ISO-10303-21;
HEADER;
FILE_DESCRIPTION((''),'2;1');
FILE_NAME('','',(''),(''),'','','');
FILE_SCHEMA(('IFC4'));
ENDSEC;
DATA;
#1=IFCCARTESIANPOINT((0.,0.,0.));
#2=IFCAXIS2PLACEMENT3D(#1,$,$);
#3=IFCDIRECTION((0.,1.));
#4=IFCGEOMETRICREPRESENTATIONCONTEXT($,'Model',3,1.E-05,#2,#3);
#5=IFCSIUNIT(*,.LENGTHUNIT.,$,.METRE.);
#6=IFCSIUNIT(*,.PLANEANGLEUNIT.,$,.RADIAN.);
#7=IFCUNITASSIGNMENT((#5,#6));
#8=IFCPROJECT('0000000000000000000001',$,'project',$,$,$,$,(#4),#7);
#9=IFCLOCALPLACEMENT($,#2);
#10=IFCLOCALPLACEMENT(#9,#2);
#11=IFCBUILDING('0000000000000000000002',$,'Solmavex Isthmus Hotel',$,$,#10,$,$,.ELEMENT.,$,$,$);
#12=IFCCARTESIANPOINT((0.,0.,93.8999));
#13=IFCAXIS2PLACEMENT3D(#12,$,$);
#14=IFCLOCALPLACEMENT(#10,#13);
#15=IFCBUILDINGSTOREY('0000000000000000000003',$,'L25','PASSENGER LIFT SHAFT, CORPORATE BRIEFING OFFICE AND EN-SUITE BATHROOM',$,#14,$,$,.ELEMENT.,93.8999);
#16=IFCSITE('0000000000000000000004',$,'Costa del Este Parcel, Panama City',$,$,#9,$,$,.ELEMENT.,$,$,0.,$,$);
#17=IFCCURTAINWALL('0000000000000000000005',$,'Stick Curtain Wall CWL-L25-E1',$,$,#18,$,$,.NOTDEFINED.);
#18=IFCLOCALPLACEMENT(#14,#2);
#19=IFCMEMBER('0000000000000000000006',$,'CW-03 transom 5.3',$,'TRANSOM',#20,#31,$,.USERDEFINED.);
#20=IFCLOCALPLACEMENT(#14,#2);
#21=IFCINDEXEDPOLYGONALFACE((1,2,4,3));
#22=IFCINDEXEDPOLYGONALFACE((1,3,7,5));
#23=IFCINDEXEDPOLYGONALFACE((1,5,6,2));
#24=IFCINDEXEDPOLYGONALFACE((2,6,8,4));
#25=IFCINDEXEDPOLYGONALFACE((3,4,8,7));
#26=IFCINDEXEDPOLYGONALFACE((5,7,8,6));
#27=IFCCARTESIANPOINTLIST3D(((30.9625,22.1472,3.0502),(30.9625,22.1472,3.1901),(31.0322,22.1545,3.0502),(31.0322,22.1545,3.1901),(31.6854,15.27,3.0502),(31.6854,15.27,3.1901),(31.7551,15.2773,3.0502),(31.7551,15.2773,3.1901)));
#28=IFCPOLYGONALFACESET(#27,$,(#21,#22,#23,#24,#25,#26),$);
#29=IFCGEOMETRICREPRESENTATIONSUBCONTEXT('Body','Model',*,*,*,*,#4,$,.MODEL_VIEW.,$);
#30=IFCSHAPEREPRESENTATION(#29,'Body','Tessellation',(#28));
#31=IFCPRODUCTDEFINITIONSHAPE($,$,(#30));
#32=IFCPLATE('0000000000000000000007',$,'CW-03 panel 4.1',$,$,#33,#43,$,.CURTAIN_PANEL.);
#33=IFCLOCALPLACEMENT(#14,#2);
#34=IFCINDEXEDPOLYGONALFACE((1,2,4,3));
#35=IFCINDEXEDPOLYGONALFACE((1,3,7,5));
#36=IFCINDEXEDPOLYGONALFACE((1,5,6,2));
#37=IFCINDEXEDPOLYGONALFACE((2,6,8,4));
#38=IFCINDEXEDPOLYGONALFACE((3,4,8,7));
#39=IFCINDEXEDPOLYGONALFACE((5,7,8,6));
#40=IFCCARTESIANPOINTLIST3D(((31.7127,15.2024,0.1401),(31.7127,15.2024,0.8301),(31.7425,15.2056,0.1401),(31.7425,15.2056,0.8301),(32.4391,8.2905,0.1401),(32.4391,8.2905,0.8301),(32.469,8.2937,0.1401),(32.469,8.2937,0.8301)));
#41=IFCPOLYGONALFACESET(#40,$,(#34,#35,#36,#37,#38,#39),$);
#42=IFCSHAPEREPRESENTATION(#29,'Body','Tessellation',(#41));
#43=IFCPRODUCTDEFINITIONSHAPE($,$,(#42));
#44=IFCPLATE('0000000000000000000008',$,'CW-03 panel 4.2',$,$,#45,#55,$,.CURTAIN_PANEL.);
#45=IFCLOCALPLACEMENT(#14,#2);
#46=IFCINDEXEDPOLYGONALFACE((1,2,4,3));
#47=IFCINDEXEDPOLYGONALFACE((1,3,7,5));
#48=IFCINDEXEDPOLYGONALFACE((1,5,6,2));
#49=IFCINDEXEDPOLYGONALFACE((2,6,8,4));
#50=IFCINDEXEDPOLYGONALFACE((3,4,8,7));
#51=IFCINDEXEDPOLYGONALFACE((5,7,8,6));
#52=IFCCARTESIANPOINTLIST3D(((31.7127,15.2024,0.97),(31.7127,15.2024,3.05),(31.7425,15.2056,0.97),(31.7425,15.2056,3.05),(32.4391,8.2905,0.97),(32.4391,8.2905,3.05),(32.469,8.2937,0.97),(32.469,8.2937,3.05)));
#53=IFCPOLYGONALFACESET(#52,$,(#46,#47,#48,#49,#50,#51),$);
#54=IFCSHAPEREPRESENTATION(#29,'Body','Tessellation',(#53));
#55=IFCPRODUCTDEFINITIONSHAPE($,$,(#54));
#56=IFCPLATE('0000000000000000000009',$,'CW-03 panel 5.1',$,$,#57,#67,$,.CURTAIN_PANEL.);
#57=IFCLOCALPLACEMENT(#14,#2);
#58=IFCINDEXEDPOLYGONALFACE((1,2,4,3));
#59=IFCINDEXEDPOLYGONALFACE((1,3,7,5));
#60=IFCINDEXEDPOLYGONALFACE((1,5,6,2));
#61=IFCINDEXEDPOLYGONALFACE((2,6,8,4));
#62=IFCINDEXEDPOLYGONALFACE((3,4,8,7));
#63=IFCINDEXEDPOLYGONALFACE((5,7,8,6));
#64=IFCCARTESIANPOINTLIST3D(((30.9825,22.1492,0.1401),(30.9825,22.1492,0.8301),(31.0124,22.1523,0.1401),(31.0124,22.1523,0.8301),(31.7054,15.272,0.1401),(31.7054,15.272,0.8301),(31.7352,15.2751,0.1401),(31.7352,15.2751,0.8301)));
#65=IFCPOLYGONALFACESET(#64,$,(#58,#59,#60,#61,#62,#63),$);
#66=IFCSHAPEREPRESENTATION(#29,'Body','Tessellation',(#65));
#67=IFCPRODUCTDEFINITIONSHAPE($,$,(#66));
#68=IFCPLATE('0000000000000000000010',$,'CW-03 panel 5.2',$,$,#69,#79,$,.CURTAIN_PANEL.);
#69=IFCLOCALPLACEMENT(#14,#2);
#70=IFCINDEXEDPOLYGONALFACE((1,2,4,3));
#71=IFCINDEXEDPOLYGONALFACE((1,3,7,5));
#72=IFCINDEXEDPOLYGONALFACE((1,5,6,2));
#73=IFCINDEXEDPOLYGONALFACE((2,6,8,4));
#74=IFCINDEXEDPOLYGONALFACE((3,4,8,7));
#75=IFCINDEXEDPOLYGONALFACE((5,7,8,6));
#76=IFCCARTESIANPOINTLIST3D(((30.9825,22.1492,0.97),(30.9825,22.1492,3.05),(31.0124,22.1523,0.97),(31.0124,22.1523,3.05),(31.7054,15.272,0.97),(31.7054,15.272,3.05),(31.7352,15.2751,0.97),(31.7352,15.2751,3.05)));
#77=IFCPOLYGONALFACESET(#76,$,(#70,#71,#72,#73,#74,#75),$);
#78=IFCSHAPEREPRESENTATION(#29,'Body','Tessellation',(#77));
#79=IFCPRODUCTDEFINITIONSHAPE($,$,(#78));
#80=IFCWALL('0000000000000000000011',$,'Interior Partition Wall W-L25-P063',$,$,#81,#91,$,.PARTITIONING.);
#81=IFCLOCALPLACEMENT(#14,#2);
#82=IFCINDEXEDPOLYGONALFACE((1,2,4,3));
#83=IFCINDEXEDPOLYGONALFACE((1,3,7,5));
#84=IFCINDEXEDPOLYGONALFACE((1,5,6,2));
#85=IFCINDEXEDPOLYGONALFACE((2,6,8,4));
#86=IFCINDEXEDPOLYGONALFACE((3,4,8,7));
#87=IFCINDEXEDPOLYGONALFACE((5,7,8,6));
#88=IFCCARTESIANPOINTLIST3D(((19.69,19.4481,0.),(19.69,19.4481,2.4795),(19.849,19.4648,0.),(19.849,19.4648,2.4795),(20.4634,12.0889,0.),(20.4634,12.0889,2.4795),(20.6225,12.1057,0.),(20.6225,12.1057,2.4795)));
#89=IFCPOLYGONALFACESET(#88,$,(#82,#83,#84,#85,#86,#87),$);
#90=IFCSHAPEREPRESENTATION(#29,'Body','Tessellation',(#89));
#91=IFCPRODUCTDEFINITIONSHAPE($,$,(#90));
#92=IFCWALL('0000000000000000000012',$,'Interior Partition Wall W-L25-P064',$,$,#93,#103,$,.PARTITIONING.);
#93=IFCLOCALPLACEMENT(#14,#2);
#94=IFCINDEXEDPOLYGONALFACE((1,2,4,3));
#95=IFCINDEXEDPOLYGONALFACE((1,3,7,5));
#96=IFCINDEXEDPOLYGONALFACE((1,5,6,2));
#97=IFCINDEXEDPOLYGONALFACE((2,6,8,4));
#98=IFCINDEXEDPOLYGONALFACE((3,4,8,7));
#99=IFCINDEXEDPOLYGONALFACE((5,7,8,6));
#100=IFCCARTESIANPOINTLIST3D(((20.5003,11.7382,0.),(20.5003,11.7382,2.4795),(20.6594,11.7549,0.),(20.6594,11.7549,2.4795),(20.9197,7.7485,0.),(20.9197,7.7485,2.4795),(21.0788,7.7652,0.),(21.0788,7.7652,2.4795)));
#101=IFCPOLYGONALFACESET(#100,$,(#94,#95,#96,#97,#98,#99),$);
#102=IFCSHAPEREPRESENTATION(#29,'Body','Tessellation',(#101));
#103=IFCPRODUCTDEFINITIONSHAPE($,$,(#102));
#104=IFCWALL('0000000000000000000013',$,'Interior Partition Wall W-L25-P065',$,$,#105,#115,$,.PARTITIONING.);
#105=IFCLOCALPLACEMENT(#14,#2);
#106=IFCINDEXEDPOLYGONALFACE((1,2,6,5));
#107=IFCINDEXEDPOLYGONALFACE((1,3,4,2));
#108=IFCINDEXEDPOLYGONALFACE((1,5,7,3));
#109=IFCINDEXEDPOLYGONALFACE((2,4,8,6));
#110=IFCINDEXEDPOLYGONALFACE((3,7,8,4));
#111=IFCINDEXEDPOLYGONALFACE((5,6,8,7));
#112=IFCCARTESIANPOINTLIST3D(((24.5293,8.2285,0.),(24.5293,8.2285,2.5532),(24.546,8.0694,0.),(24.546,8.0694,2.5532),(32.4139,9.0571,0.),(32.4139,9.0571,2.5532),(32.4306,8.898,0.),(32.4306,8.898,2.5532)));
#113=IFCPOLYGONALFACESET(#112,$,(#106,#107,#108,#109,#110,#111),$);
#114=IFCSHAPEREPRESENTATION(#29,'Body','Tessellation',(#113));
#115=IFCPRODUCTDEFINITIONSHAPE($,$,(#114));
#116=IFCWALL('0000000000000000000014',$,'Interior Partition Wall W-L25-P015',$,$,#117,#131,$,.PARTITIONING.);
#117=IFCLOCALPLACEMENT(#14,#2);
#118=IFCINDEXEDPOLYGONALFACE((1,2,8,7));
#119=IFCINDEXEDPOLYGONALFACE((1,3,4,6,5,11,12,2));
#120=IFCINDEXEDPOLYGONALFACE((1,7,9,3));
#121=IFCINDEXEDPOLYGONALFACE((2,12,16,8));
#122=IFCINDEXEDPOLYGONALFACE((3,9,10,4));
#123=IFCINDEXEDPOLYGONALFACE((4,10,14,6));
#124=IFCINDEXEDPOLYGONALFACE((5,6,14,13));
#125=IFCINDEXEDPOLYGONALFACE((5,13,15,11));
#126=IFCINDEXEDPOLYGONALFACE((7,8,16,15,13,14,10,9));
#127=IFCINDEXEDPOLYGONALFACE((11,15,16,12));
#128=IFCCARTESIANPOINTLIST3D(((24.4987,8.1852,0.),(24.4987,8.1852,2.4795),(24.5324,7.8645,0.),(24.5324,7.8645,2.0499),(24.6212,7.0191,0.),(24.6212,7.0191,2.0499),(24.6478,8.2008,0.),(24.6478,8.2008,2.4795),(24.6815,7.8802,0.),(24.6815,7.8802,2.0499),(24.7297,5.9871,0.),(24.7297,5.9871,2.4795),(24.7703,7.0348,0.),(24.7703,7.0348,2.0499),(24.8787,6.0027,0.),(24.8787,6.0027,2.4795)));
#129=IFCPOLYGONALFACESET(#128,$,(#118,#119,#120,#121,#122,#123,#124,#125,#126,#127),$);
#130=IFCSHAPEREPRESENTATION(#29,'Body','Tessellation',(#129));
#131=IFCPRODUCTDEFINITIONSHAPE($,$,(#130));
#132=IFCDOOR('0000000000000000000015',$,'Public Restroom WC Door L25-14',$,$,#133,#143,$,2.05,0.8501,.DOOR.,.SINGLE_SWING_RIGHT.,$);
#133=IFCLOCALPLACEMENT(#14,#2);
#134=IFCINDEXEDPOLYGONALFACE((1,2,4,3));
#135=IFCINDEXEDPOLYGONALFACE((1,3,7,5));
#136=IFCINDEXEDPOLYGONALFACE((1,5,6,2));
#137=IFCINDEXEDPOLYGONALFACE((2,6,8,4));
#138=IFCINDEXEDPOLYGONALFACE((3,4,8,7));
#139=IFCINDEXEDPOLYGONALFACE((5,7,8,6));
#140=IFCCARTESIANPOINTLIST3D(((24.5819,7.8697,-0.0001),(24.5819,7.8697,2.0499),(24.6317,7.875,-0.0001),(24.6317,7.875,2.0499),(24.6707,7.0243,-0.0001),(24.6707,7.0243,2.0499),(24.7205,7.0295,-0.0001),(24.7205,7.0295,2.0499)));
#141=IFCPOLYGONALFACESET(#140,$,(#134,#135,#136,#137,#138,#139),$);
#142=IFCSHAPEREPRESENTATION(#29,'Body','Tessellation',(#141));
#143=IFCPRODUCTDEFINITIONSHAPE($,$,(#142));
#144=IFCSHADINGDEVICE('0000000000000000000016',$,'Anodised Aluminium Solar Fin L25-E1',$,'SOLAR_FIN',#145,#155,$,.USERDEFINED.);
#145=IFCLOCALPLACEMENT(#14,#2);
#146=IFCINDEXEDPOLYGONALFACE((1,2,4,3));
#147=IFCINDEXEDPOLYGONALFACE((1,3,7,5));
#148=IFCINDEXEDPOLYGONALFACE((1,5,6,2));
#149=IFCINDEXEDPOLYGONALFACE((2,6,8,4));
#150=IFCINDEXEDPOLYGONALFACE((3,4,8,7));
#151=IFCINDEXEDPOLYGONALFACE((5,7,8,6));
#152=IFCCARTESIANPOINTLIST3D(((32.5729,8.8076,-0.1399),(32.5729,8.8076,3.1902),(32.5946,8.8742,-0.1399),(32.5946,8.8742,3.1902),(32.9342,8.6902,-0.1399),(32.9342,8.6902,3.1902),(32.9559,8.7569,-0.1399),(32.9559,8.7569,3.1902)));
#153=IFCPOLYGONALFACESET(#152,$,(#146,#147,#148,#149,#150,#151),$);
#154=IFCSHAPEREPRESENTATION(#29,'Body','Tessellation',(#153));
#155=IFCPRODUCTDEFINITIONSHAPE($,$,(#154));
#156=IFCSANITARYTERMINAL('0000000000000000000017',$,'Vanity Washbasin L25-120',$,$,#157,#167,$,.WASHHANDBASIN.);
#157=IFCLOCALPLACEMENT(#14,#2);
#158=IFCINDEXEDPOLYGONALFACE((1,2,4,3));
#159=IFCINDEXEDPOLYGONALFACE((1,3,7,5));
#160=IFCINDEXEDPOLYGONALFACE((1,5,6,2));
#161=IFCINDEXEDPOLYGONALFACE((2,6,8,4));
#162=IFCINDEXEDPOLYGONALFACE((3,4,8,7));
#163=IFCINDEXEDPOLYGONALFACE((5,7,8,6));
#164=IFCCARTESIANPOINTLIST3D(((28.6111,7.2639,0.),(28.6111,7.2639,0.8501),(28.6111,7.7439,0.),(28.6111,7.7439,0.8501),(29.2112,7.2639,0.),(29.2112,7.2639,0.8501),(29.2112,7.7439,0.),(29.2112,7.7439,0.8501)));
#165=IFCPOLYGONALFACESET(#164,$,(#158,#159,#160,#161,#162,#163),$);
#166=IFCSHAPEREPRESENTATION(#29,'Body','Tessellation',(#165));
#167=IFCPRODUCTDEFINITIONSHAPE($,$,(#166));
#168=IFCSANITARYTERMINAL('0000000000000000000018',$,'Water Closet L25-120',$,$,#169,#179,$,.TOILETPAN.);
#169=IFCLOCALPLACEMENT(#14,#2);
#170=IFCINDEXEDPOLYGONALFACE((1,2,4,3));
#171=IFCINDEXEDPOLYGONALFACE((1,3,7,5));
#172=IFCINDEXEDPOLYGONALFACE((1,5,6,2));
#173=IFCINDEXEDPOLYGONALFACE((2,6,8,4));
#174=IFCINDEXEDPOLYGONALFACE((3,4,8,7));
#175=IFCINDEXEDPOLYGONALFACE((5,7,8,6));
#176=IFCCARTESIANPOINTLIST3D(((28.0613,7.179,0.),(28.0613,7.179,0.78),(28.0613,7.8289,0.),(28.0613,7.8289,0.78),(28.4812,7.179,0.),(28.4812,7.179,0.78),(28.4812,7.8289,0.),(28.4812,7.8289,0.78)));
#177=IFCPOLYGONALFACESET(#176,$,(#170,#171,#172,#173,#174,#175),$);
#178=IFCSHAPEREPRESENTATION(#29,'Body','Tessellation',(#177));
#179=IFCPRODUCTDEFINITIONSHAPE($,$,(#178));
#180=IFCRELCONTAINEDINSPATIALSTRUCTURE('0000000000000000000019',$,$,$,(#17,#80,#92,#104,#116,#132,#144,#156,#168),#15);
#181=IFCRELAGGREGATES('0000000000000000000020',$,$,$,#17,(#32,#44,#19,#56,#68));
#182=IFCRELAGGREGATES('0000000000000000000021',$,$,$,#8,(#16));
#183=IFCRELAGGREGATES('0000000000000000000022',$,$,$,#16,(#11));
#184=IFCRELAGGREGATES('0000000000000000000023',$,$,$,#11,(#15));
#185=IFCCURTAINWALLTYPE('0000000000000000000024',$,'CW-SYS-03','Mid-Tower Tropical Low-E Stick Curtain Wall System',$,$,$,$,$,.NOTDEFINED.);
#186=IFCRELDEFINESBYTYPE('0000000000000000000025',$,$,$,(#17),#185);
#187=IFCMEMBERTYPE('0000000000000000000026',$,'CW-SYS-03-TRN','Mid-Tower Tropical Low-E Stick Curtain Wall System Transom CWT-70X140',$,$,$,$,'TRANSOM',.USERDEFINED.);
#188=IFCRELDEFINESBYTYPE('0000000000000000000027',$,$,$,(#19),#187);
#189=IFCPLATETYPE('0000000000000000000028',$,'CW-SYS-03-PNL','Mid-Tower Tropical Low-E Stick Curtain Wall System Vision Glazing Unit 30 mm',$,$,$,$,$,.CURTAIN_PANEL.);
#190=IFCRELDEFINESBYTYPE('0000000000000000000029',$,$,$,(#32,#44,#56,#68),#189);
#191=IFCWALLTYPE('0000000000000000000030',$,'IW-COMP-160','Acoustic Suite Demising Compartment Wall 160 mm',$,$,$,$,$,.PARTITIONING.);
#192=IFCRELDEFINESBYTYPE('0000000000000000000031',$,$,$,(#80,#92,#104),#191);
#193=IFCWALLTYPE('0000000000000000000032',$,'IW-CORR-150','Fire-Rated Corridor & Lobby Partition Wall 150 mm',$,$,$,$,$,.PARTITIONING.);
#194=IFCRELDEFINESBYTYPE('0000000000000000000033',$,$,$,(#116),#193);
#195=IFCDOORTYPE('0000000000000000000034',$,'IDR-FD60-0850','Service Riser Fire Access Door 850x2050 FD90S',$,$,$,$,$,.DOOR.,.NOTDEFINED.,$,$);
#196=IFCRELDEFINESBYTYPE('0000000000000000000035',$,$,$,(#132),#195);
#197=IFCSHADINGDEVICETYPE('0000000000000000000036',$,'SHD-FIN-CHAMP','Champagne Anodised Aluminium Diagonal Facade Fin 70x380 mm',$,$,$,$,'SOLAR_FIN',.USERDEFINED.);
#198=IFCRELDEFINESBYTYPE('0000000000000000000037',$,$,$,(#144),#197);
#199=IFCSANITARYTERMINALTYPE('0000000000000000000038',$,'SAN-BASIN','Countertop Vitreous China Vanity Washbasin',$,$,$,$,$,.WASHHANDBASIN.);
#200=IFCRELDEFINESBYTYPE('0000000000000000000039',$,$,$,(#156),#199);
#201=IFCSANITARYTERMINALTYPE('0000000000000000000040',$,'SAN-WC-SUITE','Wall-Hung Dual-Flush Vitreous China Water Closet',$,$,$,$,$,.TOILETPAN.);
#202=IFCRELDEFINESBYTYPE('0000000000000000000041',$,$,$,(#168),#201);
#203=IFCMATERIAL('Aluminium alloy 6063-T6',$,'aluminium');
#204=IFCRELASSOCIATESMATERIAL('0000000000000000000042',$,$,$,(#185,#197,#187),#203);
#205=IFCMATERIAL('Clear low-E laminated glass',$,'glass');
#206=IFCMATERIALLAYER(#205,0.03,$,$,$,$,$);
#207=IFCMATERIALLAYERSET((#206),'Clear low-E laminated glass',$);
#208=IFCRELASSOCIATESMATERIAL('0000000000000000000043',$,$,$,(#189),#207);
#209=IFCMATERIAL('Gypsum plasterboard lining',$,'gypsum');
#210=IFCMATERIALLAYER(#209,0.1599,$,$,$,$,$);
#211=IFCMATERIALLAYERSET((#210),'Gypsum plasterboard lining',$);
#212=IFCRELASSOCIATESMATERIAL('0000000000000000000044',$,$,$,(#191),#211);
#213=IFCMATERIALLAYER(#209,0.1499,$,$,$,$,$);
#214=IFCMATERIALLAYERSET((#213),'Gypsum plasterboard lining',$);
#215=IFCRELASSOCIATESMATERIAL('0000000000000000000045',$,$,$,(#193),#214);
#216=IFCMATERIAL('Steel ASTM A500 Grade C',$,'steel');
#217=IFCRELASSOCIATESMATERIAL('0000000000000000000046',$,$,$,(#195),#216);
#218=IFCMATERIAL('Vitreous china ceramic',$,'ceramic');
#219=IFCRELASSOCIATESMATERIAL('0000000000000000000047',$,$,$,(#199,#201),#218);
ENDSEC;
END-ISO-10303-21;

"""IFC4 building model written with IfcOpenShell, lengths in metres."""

from ifc_helpers import new_model, si_unit, direction, frame, frame_2d, origin, origin_2d, place, context, subcontext, project, spatial, rectangle, extrude, material, layer, layer_set, material_profile, profile_set, type_object, element, fill, aggregate, save


model = new_model("IFC4")

# Units and contexts
model_context = context("Model", 3, precision=1e-05, world=origin(), true_north=direction((0.0, 1.0)))
body_context = subcontext(model_context, "Body", "Model", "MODEL_VIEW")
ifc_project = project(units=[si_unit("LENGTHUNIT", "METRE"), si_unit("PLANEANGLEUNIT", "RADIAN")], contexts=[model_context])

# Site, building, storey
site_placement = place(None, origin())
site = spatial("IfcSite", under=ifc_project, at=site_placement, Name="Costa del Este Parcel, Panama City", CompositionType="ELEMENT", RefElevation=0.0)
building_placement = place(site_placement, origin())
building = spatial("IfcBuilding", under=site, at=building_placement, Name="Solmavex Isthmus Hotel", CompositionType="ELEMENT")
storey_placement = place(building_placement, frame((0.0, 0.0, 93.8999)))
storey = spatial("IfcBuildingStorey", under=building, at=storey_placement, Name="L25", Description="PASSENGER LIFT SHAFT, CORPORATE BRIEFING OFFICE AND EN-SUITE BATHROOM", CompositionType="ELEMENT", Elevation=93.8999)

# Curtain wall, member, plates
ifc_material_1 = material(Name="Aluminium alloy 6063-T6", Category="aluminium")
curtain_wall_type = type_object("IfcCurtainWallType", Name="CW-SYS-03", Description="Mid-Tower Tropical Low-E Stick Curtain Wall System", PredefinedType="NOTDEFINED", material=ifc_material_1)
curtain_wall_placement = place(storey_placement, origin())
curtain_wall = element("IfcCurtainWall", 1, at=curtain_wall_placement, inside=storey, type_object=curtain_wall_type, Name="Stick Curtain Wall CWL-L25-E1", PredefinedType="NOTDEFINED")
ifc_material_profile_1 = material_profile(ifc_material_1, rectangle(XDim=0.0701, YDim=0.1399, at=origin_2d()), Name="CWT-70X140")
ifc_profile_set_1 = profile_set([ifc_material_profile_1], Name="Aluminium alloy 6063-T6")
member_type_1 = type_object("IfcMemberType", Name="CW-SYS-03-TRN", Description="Mid-Tower Tropical Low-E Stick Curtain Wall System Transom CWT-70X140", ElementType="TRANSOM", PredefinedType="USERDEFINED", material=ifc_profile_set_1)
member_1_placement = place(storey_placement, frame((31.7202, 15.2737, 3.1201), z_axis=(-0.10454, 0.994521, 0.0), x_axis=(-0.994521, -0.10454, 0.0)))
member_1 = element("IfcMember", 2, at=member_1_placement, type_object=member_type_1, Name="CW-03 transom 5.3", ObjectType="TRANSOM", PredefinedType="USERDEFINED", context=body_context, shape_type="SweptSolid", body=[
    extrude(rectangle(XDim=0.0701, YDim=0.1399, at=origin_2d()), origin(), (0.0, 0.0, 1.0), 6.915),
])
ifc_material_2 = material(Name="Clear low-E laminated glass", Category="glass")
ifc_layer_1 = layer(ifc_material_2, 0.03)
ifc_layer_set_1 = layer_set([ifc_layer_1], Name="Clear low-E laminated glass")
plate_type = type_object("IfcPlateType", Name="CW-SYS-03-PNL", Description="Mid-Tower Tropical Low-E Stick Curtain Wall System Vision Glazing Unit 30 mm", PredefinedType="CURTAIN_PANEL", material=ifc_layer_set_1)
plate_1_placement = place(storey_placement, frame((32.0908, 11.748, 0.1401), z_axis=(0.0, 0.0, 1.0), x_axis=(-0.104528, 0.994522, 0.0)))
plate_1 = element("IfcPlate", 3, at=plate_1_placement, type_object=plate_type, Name="CW-03 panel 4.1", PredefinedType="CURTAIN_PANEL", context=body_context, shape_type="SweptSolid", body=[
    extrude(rectangle(XDim=6.95, YDim=0.03, at=origin_2d()), origin(), (0.0, 0.0, 1.0), 0.6899),
])
plate_2_placement = place(storey_placement, frame((32.0908, 11.748, 0.97), z_axis=(0.0, 0.0, 1.0), x_axis=(-0.104528, 0.994522, 0.0)))
plate_2 = element("IfcPlate", 4, at=plate_2_placement, type_object=plate_type, Name="CW-03 panel 4.2", PredefinedType="CURTAIN_PANEL", context=body_context, shape_type="SweptSolid", body=[
    extrude(rectangle(XDim=6.95, YDim=0.03, at=origin_2d()), origin(), (0.0, 0.0, 1.0), 2.0801),
])
plate_3_placement = place(storey_placement, frame((31.3589, 18.7122, 0.1401), z_axis=(0.0, 0.0, 1.0), x_axis=(-0.104528, 0.994522, 0.0)))
plate_3 = element("IfcPlate", 5, at=plate_3_placement, type_object=plate_type, Name="CW-03 panel 5.1", PredefinedType="CURTAIN_PANEL", context=body_context, shape_type="SweptSolid", body=[
    extrude(rectangle(XDim=6.915, YDim=0.03, at=origin_2d()), origin(), (0.0, 0.0, 1.0), 0.6899),
])
plate_4_placement = place(storey_placement, frame((31.3589, 18.7122, 0.97), z_axis=(0.0, 0.0, 1.0), x_axis=(-0.104528, 0.994522, 0.0)))
plate_4 = element("IfcPlate", 6, at=plate_4_placement, type_object=plate_type, Name="CW-03 panel 5.2", PredefinedType="CURTAIN_PANEL", context=body_context, shape_type="SweptSolid", body=[
    extrude(rectangle(XDim=6.915, YDim=0.03, at=origin_2d()), origin(), (0.0, 0.0, 1.0), 2.0801),
])
aggregate(curtain_wall, [plate_1, plate_2, member_1, plate_3, plate_4])

# Walls
ifc_material_3 = material(Name="Gypsum plasterboard lining", Category="gypsum")
ifc_layer_2 = layer(ifc_material_3, 0.1599)
ifc_layer_set_2 = layer_set([ifc_layer_2], Name="Gypsum plasterboard lining")
wall_type_1 = type_object("IfcWallType", Name="IW-COMP-160", Description="Acoustic Suite Demising Compartment Wall 160 mm", PredefinedType="PARTITIONING", material=ifc_layer_set_2)
wall_1_placement = place(storey_placement, frame((19.7695, 19.4563, 0.0), z_axis=(0.0, 0.0, 1.0), x_axis=(0.104523, -0.994522, 0.0)))
element("IfcWall", 7, at=wall_1_placement, inside=storey, type_object=wall_type_1, Name="Interior Partition Wall W-L25-P063", PredefinedType="PARTITIONING", context=body_context, shape_type="SweptSolid", body=[
    extrude(rectangle(XDim=7.3997, YDim=0.1599, at=frame_2d((3.6997, 0.0))), origin(), (0.0, 0.0, 1.0), 2.4795),
])
wall_2_placement = place(storey_placement, frame((20.5798, 11.7466, 0.0), z_axis=(0.0, 0.0, 1.0), x_axis=(0.104552, -0.994519, 0.0)))
element("IfcWall", 8, at=wall_2_placement, inside=storey, type_object=wall_type_1, Name="Interior Partition Wall W-L25-P064", PredefinedType="PARTITIONING", context=body_context, shape_type="SweptSolid", body=[
    extrude(rectangle(XDim=4.0117, YDim=0.1599, at=frame_2d((2.0059, 0.0))), origin(), (0.0, 0.0, 1.0), 2.4795),
])
wall_3_placement = place(storey_placement, frame((32.4221, 8.9775, 0.0), z_axis=(0.0, 0.0, 1.0), x_axis=(-0.994523, -0.104518, 0.0)))
element("IfcWall", 9, at=wall_3_placement, inside=storey, type_object=wall_type_1, Name="Interior Partition Wall W-L25-P065", PredefinedType="PARTITIONING", context=body_context, shape_type="SweptSolid", body=[
    extrude(rectangle(XDim=7.928, YDim=0.1599, at=frame_2d((3.9639, 0.0))), origin(), (0.0, 0.0, 1.0), 2.5532),
])

# Wall, opening, door
ifc_layer_3 = layer(ifc_material_3, 0.1499)
ifc_layer_set_3 = layer_set([ifc_layer_3], Name="Gypsum plasterboard lining")
wall_type_2 = type_object("IfcWallType", Name="IW-CORR-150", Description="Fire-Rated Corridor & Lobby Partition Wall 150 mm", PredefinedType="PARTITIONING", material=ifc_layer_set_3)
wall_4_placement = place(storey_placement, frame((24.5732, 8.1929, 0.0), z_axis=(0.0, 0.0, 1.0), x_axis=(0.104501, -0.994525, 0.0)))
wall_4 = element("IfcWall", 10, at=wall_4_placement, inside=storey, type_object=wall_type_2, Name="Interior Partition Wall W-L25-P015", PredefinedType="PARTITIONING", context=body_context, shape_type="SweptSolid", body=[
    extrude(rectangle(XDim=2.2102, YDim=0.1499, at=frame_2d((1.105, 0.0))), origin(), (0.0, 0.0, 1.0), 2.4795),
])
opening_1_placement = place(wall_4_placement, frame((0.3223, 0.0, 0.0)))
opening_1 = element("IfcOpeningElement", 11, at=opening_1_placement, cuts=wall_4, PredefinedType="OPENING", context=body_context, shape_type="SweptSolid", body=[
    extrude(rectangle(XDim=0.8501, YDim=2.05, at=frame_2d((0.425, 1.0249))), frame((0.0, 0.085, 0.0), z_axis=(0.0, -1.0, 0.0), x_axis=(1.0, 0.0, 0.0)), (0.0, 0.0, 1.0), 0.1699),
])
ifc_material_4 = material(Name="Steel ASTM A500 Grade C", Category="steel")
door_type_1 = type_object("IfcDoorType", Name="IDR-FD60-0850", Description="Service Riser Fire Access Door 850x2050 FD90S", OperationType="NOTDEFINED", PredefinedType="DOOR", material=ifc_material_4)
door_1_placement = place(opening_1_placement, origin())
door_1 = element("IfcDoor", 12, at=door_1_placement, inside=storey, type_object=door_type_1, Name="Public Restroom WC Door L25-14", OperationType="SINGLE_SWING_RIGHT", OverallHeight=2.05, OverallWidth=0.8501, PredefinedType="DOOR", context=body_context, shape_type="SweptSolid", body=[
    extrude(rectangle(XDim=0.8501, YDim=2.05, at=frame_2d((0.425, 1.0249))), frame((0.0, 0.0249, 0.0), z_axis=(0.0, -1.0, 0.0), x_axis=(1.0, 0.0, 0.0)), (0.0, 0.0, 1.0), 0.05),
])
fill(opening_1, door_1)

# Shading device
shading_device_type = type_object("IfcShadingDeviceType", Name="SHD-FIN-CHAMP", Description="Champagne Anodised Aluminium Diagonal Facade Fin 70x380 mm", ElementType="SOLAR_FIN", PredefinedType="USERDEFINED", material=ifc_material_1)
shading_device_placement = place(storey_placement, frame((32.7644, 8.7822, -0.1399), z_axis=(0.0, 0.0, 1.0), x_axis=(0.951057, -0.309017, 0.0)))
element("IfcShadingDevice", 13, at=shading_device_placement, inside=storey, type_object=shading_device_type, Name="Anodised Aluminium Solar Fin L25-E1", ObjectType="SOLAR_FIN", PredefinedType="USERDEFINED", context=body_context, shape_type="SweptSolid", body=[
    extrude(rectangle(XDim=0.3799, YDim=0.0701, at=origin_2d()), origin(), (0.0, 0.0, 1.0), 3.3301),
])

# Sanitary terminals
ifc_material_5 = material(Name="Vitreous china ceramic", Category="ceramic")
sanitary_terminal_type_1 = type_object("IfcSanitaryTerminalType", Name="SAN-BASIN", Description="Countertop Vitreous China Vanity Washbasin", PredefinedType="WASHHANDBASIN", material=ifc_material_5)
sanitary_terminal_1_placement = place(storey_placement, frame((28.9111, 7.5039, 0.0), z_axis=(0.0, 0.0, 1.0), x_axis=(1.0, 0.0, 0.0)))
element("IfcSanitaryTerminal", 14, at=sanitary_terminal_1_placement, inside=storey, type_object=sanitary_terminal_type_1, Name="Vanity Washbasin L25-120", PredefinedType="WASHHANDBASIN", context=body_context, shape_type="SweptSolid", body=[
    extrude(rectangle(XDim=0.6001, YDim=0.48, at=origin_2d()), origin(), (0.0, 0.0, 1.0), 0.8501),
])
sanitary_terminal_type_2 = type_object("IfcSanitaryTerminalType", Name="SAN-WC-SUITE", Description="Wall-Hung Dual-Flush Vitreous China Water Closet", PredefinedType="TOILETPAN", material=ifc_material_5)
sanitary_terminal_2_placement = place(storey_placement, frame((28.2712, 7.5039, 0.0), z_axis=(0.0, 0.0, 1.0), x_axis=(1.0, 0.0, 0.0)))
element("IfcSanitaryTerminal", 15, at=sanitary_terminal_2_placement, inside=storey, type_object=sanitary_terminal_type_2, Name="Water Closet L25-120", PredefinedType="TOILETPAN", context=body_context, shape_type="SweptSolid", body=[
    extrude(rectangle(XDim=0.4199, YDim=0.6499, at=origin_2d()), origin(), (0.0, 0.0, 1.0), 0.78),
])

save(model, "model.ifc")
